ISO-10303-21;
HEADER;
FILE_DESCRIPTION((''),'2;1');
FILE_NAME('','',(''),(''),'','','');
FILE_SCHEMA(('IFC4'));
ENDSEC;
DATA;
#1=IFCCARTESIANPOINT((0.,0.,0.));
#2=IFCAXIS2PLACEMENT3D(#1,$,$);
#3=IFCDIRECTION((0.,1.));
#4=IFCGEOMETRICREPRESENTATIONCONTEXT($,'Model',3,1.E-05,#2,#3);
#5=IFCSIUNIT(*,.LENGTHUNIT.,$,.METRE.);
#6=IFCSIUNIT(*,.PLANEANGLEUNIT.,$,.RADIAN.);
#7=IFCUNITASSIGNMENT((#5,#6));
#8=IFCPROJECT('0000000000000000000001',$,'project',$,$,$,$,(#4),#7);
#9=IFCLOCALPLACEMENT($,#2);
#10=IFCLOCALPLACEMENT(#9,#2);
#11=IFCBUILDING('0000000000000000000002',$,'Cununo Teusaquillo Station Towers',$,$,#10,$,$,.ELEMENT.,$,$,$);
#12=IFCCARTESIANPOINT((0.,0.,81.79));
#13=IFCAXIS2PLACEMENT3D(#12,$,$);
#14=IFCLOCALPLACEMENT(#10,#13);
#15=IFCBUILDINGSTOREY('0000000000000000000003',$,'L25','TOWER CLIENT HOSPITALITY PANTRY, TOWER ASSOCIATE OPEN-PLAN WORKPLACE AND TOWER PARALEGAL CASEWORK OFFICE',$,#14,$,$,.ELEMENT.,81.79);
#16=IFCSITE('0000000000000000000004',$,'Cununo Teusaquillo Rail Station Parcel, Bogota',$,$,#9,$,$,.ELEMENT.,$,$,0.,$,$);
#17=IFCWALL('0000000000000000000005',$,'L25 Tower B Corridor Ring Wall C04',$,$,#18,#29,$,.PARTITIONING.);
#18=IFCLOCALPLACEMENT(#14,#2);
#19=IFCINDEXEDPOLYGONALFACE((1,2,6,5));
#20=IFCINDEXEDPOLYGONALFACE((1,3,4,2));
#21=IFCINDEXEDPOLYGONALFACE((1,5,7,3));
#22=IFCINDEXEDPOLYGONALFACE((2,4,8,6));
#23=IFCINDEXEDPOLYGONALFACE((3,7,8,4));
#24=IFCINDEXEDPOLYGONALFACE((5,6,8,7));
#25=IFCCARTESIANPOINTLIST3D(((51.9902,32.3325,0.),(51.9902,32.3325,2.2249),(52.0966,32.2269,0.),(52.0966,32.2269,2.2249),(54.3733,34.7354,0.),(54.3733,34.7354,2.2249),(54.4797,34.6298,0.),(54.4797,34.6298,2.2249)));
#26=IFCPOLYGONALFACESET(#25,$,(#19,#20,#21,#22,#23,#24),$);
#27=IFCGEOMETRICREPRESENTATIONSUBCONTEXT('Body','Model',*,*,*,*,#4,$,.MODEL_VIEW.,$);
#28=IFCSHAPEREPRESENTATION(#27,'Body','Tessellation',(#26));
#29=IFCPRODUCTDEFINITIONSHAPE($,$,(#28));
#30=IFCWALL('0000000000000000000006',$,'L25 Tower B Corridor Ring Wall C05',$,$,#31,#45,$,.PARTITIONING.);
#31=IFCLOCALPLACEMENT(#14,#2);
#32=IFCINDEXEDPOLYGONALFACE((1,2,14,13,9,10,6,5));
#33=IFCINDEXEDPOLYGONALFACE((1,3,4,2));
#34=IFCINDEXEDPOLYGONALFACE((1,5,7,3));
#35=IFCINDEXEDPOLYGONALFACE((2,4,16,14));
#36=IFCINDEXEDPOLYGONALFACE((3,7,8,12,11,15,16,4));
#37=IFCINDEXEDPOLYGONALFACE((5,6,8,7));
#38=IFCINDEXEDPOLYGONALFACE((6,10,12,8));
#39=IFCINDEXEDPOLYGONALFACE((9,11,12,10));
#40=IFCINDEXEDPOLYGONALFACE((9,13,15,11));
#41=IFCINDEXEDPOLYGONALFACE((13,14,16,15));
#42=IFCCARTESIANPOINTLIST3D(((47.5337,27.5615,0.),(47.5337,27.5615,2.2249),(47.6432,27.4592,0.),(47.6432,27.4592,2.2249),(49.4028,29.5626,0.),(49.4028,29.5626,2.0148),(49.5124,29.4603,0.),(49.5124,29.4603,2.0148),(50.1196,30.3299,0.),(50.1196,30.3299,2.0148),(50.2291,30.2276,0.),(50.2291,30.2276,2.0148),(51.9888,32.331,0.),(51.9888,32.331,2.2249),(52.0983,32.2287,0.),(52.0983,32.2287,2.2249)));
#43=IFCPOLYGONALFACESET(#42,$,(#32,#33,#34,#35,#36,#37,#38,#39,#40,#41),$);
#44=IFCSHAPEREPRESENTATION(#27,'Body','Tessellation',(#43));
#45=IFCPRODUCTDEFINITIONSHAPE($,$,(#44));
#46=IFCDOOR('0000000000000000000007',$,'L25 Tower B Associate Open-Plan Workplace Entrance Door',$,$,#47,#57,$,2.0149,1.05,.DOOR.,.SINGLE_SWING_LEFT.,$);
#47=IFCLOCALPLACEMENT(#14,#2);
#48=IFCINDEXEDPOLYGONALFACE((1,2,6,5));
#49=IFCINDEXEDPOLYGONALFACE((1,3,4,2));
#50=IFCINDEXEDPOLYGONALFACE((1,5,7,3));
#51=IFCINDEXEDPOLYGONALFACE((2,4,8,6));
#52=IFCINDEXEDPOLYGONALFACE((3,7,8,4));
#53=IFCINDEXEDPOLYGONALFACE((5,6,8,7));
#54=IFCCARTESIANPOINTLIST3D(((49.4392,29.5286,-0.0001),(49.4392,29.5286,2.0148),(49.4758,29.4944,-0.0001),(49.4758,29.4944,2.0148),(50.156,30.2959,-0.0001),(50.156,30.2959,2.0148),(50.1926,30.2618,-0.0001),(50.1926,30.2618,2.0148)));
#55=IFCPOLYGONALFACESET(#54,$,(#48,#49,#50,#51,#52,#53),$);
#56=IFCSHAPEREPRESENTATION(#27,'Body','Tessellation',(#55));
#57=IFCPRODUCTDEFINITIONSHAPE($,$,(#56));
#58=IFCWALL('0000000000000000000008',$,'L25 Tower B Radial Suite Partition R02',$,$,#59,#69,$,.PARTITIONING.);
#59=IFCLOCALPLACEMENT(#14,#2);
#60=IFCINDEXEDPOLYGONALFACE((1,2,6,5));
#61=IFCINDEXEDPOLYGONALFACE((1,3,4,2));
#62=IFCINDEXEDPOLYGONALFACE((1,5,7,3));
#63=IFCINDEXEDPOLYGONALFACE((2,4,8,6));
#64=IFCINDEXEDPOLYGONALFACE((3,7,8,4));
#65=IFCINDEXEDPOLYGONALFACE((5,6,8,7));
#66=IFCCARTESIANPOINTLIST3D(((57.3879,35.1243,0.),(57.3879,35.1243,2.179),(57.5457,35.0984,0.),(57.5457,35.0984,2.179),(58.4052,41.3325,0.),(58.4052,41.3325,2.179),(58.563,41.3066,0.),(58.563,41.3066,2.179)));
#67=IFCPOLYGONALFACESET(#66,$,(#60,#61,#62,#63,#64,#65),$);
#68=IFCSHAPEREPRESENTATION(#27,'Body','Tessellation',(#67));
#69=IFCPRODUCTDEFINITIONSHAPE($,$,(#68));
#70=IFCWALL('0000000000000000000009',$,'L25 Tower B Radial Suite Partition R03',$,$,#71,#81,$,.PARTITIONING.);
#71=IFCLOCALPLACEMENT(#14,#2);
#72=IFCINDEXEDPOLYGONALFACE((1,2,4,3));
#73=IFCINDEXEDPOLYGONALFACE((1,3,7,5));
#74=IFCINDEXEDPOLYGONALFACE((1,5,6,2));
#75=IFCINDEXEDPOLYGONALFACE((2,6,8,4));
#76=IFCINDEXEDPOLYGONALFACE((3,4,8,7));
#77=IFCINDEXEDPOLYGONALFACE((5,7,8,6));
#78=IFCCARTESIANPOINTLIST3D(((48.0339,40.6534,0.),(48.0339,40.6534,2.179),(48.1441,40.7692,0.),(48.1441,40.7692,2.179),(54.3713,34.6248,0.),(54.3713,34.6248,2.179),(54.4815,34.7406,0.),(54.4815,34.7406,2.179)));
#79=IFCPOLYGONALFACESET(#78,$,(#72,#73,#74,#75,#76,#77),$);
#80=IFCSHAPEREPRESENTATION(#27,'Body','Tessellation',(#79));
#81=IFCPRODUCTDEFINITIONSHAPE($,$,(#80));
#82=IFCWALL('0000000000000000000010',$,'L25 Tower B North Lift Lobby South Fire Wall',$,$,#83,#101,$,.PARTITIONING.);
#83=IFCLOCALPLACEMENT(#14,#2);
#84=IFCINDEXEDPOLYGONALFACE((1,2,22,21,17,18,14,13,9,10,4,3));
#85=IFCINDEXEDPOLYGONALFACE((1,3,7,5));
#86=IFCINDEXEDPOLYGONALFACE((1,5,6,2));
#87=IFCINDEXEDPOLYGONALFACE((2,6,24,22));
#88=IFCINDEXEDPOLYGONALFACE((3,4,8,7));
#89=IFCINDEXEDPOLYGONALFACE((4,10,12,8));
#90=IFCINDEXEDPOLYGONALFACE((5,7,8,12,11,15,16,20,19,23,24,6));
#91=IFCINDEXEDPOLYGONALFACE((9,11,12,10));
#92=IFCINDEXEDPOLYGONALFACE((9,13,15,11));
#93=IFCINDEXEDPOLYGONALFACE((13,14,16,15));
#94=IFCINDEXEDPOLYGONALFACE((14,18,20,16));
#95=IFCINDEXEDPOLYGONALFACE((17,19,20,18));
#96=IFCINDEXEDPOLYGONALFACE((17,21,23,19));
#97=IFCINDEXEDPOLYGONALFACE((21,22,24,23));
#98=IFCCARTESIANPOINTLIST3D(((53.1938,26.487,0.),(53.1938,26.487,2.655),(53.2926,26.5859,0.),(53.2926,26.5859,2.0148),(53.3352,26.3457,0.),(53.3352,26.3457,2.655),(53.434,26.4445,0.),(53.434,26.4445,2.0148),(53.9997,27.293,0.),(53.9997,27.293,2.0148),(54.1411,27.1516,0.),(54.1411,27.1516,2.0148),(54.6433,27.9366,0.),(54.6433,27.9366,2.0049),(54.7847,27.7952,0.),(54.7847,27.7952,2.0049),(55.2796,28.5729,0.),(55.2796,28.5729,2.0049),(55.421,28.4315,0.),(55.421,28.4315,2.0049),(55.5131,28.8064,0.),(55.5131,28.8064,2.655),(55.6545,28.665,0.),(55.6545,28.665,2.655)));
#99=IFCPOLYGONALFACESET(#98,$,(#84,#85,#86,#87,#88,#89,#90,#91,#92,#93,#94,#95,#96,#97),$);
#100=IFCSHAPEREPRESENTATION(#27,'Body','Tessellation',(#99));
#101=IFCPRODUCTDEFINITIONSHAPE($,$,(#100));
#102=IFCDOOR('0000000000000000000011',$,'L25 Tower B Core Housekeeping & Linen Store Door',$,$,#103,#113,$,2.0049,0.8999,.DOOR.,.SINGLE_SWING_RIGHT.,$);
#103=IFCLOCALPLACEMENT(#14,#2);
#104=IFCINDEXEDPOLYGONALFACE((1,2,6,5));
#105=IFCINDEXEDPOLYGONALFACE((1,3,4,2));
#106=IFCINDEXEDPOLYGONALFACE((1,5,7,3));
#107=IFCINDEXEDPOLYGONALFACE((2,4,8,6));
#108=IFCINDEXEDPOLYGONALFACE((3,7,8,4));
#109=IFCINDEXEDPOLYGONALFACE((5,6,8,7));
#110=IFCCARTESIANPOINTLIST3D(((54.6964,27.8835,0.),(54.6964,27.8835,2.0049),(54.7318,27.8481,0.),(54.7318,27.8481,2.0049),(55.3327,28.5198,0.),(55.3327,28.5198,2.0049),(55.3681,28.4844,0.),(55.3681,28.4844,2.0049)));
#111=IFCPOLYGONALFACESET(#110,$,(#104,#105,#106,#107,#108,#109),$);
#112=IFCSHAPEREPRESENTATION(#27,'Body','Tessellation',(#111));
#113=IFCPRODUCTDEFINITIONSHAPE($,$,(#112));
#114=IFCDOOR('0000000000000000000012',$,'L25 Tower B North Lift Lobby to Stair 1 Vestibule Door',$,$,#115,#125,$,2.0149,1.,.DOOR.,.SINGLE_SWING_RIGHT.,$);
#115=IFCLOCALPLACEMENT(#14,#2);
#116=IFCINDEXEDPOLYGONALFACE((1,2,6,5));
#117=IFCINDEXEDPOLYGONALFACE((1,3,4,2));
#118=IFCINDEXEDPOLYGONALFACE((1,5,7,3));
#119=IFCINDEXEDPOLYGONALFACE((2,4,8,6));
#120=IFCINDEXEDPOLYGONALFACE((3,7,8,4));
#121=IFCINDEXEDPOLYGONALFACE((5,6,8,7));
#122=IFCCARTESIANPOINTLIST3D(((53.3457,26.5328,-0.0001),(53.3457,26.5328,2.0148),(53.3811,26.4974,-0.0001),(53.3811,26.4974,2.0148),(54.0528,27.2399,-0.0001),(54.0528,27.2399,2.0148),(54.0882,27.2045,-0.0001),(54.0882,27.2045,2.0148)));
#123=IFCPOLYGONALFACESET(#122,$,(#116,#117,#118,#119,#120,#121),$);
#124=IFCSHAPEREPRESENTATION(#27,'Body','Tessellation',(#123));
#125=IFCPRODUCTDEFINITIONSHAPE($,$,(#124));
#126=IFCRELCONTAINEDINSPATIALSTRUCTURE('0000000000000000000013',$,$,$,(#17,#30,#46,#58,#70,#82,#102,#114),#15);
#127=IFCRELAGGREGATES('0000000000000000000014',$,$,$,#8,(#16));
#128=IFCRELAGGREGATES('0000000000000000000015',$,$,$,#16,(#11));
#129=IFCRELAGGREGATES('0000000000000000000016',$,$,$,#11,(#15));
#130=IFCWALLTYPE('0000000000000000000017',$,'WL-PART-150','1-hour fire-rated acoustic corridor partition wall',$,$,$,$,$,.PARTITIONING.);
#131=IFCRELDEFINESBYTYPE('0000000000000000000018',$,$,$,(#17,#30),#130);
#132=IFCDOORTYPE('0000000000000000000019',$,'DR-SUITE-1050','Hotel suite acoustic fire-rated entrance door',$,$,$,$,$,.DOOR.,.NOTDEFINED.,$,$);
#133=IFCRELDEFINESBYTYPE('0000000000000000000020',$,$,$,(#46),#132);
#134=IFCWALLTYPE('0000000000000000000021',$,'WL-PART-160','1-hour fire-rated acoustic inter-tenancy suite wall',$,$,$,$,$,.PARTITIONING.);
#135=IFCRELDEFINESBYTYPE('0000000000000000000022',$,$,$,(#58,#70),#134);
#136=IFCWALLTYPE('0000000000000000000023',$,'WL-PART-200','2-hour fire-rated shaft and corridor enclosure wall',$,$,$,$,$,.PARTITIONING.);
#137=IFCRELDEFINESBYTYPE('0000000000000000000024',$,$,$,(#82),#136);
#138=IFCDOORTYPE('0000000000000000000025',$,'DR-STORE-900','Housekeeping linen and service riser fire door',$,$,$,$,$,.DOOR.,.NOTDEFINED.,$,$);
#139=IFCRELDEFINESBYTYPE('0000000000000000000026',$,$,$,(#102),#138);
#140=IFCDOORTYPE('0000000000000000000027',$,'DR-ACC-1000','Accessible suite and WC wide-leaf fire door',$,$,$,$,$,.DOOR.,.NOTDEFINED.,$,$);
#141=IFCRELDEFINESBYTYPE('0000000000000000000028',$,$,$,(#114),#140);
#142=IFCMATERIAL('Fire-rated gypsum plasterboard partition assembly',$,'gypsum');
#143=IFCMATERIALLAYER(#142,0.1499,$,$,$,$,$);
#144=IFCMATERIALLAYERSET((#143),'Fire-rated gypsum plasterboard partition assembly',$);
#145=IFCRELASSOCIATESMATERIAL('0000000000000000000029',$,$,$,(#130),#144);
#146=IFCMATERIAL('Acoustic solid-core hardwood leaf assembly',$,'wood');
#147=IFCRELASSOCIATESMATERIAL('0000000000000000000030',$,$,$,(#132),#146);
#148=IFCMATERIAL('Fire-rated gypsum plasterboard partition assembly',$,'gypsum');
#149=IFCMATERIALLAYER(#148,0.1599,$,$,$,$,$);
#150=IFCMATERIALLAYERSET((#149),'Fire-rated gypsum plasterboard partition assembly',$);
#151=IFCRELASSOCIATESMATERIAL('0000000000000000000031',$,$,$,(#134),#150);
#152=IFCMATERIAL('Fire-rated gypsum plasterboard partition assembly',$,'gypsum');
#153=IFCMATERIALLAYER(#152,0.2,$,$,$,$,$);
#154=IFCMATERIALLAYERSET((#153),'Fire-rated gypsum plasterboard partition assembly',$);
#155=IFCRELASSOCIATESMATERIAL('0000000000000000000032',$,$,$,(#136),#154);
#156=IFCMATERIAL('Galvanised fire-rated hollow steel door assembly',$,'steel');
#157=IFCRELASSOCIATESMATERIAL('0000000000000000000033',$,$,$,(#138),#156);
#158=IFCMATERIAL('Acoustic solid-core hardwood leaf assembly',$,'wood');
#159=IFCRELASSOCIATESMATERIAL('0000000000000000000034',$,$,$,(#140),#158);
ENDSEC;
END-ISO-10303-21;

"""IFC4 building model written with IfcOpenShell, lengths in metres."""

from ifc_helpers import new_model, si_unit, direction, frame, frame_2d, origin, place, context, subcontext, project, spatial, rectangle, extrude, source, transform, mapped, material, layer, layer_set, type_object, element, fill, save


model = new_model("IFC4")

# Units and contexts
model_context = context("Model", 3, precision=1e-05, world=origin(), true_north=direction((0.0, 1.0)))
body_context = subcontext(model_context, "Body", "Model", "MODEL_VIEW")
ifc_project = project(units=[si_unit("LENGTHUNIT", "METRE"), si_unit("PLANEANGLEUNIT", "RADIAN")], contexts=[model_context])

# Site, building, storey
site_placement = place(None, origin())
site = spatial("IfcSite", under=ifc_project, at=site_placement, Name="Cununo Teusaquillo Rail Station Parcel, Bogota", CompositionType="ELEMENT", RefElevation=0.0)
building_placement = place(site_placement, origin())
building = spatial("IfcBuilding", under=site, at=building_placement, Name="Cununo Teusaquillo Station Towers", CompositionType="ELEMENT")
storey_placement = place(building_placement, frame((0.0, 0.0, 81.79)))
storey = spatial("IfcBuildingStorey", under=building, at=storey_placement, Name="L25", Description="TOWER CLIENT HOSPITALITY PANTRY, TOWER ASSOCIATE OPEN-PLAN WORKPLACE AND TOWER PARALEGAL CASEWORK OFFICE", CompositionType="ELEMENT", Elevation=81.79)

# Shared definitions
shared_shape_1 = source(origin(), body_context, "Body", "SweptSolid", [
    extrude(rectangle(XDim=0.8999, YDim=2.0049, at=frame_2d((0.45, 1.0024))), frame((0.0, 0.0249, 0.0), z_axis=(0.0, -1.0, 0.0), x_axis=(1.0, 0.0, 0.0)), (0.0, 0.0, 1.0), 0.05),
])
ifc_material_1 = material(Name="Fire-rated gypsum plasterboard partition assembly", Category="gypsum")
ifc_layer_1 = layer(ifc_material_1, 0.1499)
ifc_layer_set_1 = layer_set([ifc_layer_1], Name="Fire-rated gypsum plasterboard partition assembly")
wall_type_1 = type_object("IfcWallType", Name="WL-PART-150", Description="1-hour fire-rated acoustic corridor partition wall", PredefinedType="PARTITIONING", material=ifc_layer_set_1)
shared_shape_2 = source(origin(), body_context, "Body", "SweptSolid", [
    extrude(rectangle(XDim=1.05, YDim=2.0149, at=frame_2d((0.5249, 1.0073))), frame((0.0, 0.085, 0.0), z_axis=(0.0, -1.0, 0.0), x_axis=(1.0, 0.0, 0.0)), (0.0, 0.0, 1.0), 0.1699),
])
ifc_material_2 = material(Name="Acoustic solid-core hardwood leaf assembly", Category="wood")
door_type_1 = type_object("IfcDoorType", Name="DR-SUITE-1050", Description="Hotel suite acoustic fire-rated entrance door", OperationType="NOTDEFINED", PredefinedType="DOOR", material=ifc_material_2)
shared_shape_3 = source(origin(), body_context, "Body", "SweptSolid", [
    extrude(rectangle(XDim=1.05, YDim=2.0149, at=frame_2d((0.5249, 1.0073))), frame((0.0, 0.0249, 0.0), z_axis=(0.0, -1.0, 0.0), x_axis=(1.0, 0.0, 0.0)), (0.0, 0.0, 1.0), 0.05),
])

# Wall
wall_1_placement = place(storey_placement, frame((54.4265, 34.6826, 0.0), z_axis=(0.0, 0.0, 1.0), x_axis=(-0.704179, -0.710022, 0.0)))
element("IfcWall", 1, at=wall_1_placement, inside=storey, type_object=wall_type_1, Name="L25 Tower B Corridor Ring Wall C04", PredefinedType="PARTITIONING", context=body_context, shape_type="SweptSolid", body=[
    extrude(rectangle(XDim=3.3843, YDim=0.1499, at=frame_2d((1.6921, 0.0))), origin(), (0.0, 0.0, 1.0), 2.2249),
])

# Wall, opening, door
wall_2_placement = place(storey_placement, frame((52.0435, 32.2798, 0.0), z_axis=(0.0, 0.0, 1.0), x_axis=(-0.682606, -0.730787, 0.0)))
wall_2 = element("IfcWall", 2, at=wall_2_placement, inside=storey, type_object=wall_type_1, Name="L25 Tower B Corridor Ring Wall C05", PredefinedType="PARTITIONING", context=body_context, shape_type="SweptSolid", body=[
    extrude(rectangle(XDim=6.5266, YDim=0.1499, at=frame_2d((3.2632, 0.0))), origin(), (0.0, 0.0, 1.0), 2.2249),
])
opening_1_placement = place(wall_2_placement, frame((2.7383, 0.0, 0.0)))
opening_1 = element("IfcOpeningElement", 3, at=opening_1_placement, cuts=wall_2, PredefinedType="OPENING", context=body_context, shape_type="MappedRepresentation", body=[
    mapped(shared_shape_2, transform((0.0, 0.0, 0.0), x_axis=(1.0, 0.0, 0.0), y_axis=(0.0, 1.0, 0.0), z_axis=(0.0, 0.0, 1.0), scale=1.0)),
])
door_1_placement = place(opening_1_placement, origin())
door_1 = element("IfcDoor", 4, at=door_1_placement, inside=storey, type_object=door_type_1, Name="L25 Tower B Associate Open-Plan Workplace Entrance Door", OperationType="SINGLE_SWING_LEFT", OverallHeight=2.0149, OverallWidth=1.05, PredefinedType="DOOR", context=body_context, shape_type="MappedRepresentation", body=[
    mapped(shared_shape_3, transform((0.0, 0.0, 0.0), x_axis=(1.0, 0.0, 0.0), y_axis=(0.0, 1.0, 0.0), z_axis=(0.0, 0.0, 1.0), scale=1.0)),
])
fill(opening_1, door_1)

# Walls
ifc_material_3 = material(Name="Fire-rated gypsum plasterboard partition assembly", Category="gypsum")
ifc_layer_2 = layer(ifc_material_3, 0.1599)
ifc_layer_set_2 = layer_set([ifc_layer_2], Name="Fire-rated gypsum plasterboard partition assembly")
wall_type_2 = type_object("IfcWallType", Name="WL-PART-160", Description="1-hour fire-rated acoustic inter-tenancy suite wall", PredefinedType="PARTITIONING", material=ifc_layer_set_2)
wall_3_placement = place(storey_placement, frame((57.4668, 35.1113, 0.0), z_axis=(0.0, 0.0, 1.0), x_axis=(0.161711, 0.986838, 0.0)))
element("IfcWall", 5, at=wall_3_placement, inside=storey, type_object=wall_type_2, Name="L25 Tower B Radial Suite Partition R02", PredefinedType="PARTITIONING", context=body_context, shape_type="SweptSolid", body=[
    extrude(rectangle(XDim=6.291, YDim=0.1599, at=frame_2d((3.1455, 0.0))), origin(), (0.0, 0.0, 1.0), 2.179),
])
wall_4_placement = place(storey_placement, frame((54.4265, 34.6826, 0.0), z_axis=(0.0, 0.0, 1.0), x_axis=(-0.724541, 0.689232, 0.0)))
element("IfcWall", 6, at=wall_4_placement, inside=storey, type_object=wall_type_2, Name="L25 Tower B Radial Suite Partition R03", PredefinedType="PARTITIONING", context=body_context, shape_type="SweptSolid", body=[
    extrude(rectangle(XDim=8.7468, YDim=0.1599, at=frame_2d((4.3735, 0.0))), origin(), (0.0, 0.0, 1.0), 2.179),
])

# Wall, openings, doors
ifc_material_4 = material(Name="Fire-rated gypsum plasterboard partition assembly", Category="gypsum")
ifc_layer_3 = layer(ifc_material_4, 0.2)
ifc_layer_set_3 = layer_set([ifc_layer_3], Name="Fire-rated gypsum plasterboard partition assembly")
wall_type_3 = type_object("IfcWallType", Name="WL-PART-200", Description="2-hour fire-rated shaft and corridor enclosure wall", PredefinedType="PARTITIONING", material=ifc_layer_set_3)
wall_5_placement = place(storey_placement, frame((53.2644, 26.4163, 0.0), z_axis=(0.0, 0.0, 1.0), x_axis=(0.707107, 0.707107, 0.0)))
wall_5 = element("IfcWall", 7, at=wall_5_placement, inside=storey, type_object=wall_type_3, Name="L25 Tower B North Lift Lobby South Fire Wall", PredefinedType="PARTITIONING", context=body_context, shape_type="SweptSolid", body=[
    extrude(rectangle(XDim=3.28, YDim=0.2, at=frame_2d((1.6401, 0.0))), origin(), (0.0, 0.0, 1.0), 2.655),
])
shared_shape_4 = source(origin(), body_context, "Body", "SweptSolid", [
    extrude(rectangle(XDim=1.0, YDim=2.0149, at=frame_2d((0.5, 1.0073))), frame((0.0, 0.1099, 0.0), z_axis=(0.0, -1.0, 0.0), x_axis=(1.0, 0.0, 0.0)), (0.0, 0.0, 1.0), 0.22),
])
opening_2_placement = place(wall_5_placement, frame((0.1399, 0.0, 0.0)))
opening_2 = element("IfcOpeningElement", 8, at=opening_2_placement, cuts=wall_5, PredefinedType="OPENING", context=body_context, shape_type="MappedRepresentation", body=[
    mapped(shared_shape_4, transform((0.0, 0.0, 0.0), x_axis=(1.0, 0.0, 0.0), y_axis=(0.0, 1.0, 0.0), z_axis=(0.0, 0.0, 1.0), scale=1.0)),
])
shared_shape_5 = source(origin(), body_context, "Body", "SweptSolid", [
    extrude(rectangle(XDim=0.8999, YDim=2.0049, at=frame_2d((0.45, 1.0024))), frame((0.0, 0.1099, 0.0), z_axis=(0.0, -1.0, 0.0), x_axis=(1.0, 0.0, 0.0)), (0.0, 0.0, 1.0), 0.22),
])
opening_3_placement = place(wall_5_placement, frame((2.05, 0.0, 0.0)))
opening_3 = element("IfcOpeningElement", 9, at=opening_3_placement, cuts=wall_5, PredefinedType="OPENING", context=body_context, shape_type="MappedRepresentation", body=[
    mapped(shared_shape_5, transform((0.0, 0.0, 0.0), x_axis=(1.0, 0.0, 0.0), y_axis=(0.0, 1.0, 0.0), z_axis=(0.0, 0.0, 1.0), scale=1.0)),
])
ifc_material_5 = material(Name="Galvanised fire-rated hollow steel door assembly", Category="steel")
door_type_2 = type_object("IfcDoorType", Name="DR-STORE-900", Description="Housekeeping linen and service riser fire door", OperationType="NOTDEFINED", PredefinedType="DOOR", material=ifc_material_5)
door_2_placement = place(opening_3_placement, origin())
door_2 = element("IfcDoor", 10, at=door_2_placement, inside=storey, type_object=door_type_2, Name="L25 Tower B Core Housekeeping & Linen Store Door", OperationType="SINGLE_SWING_RIGHT", OverallHeight=2.0049, OverallWidth=0.8999, PredefinedType="DOOR", context=body_context, shape_type="MappedRepresentation", body=[
    mapped(shared_shape_1, transform((0.0, 0.0, 0.0), x_axis=(1.0, 0.0, 0.0), y_axis=(0.0, 1.0, 0.0), z_axis=(0.0, 0.0, 1.0), scale=1.0)),
])
fill(opening_3, door_2)
ifc_material_6 = material(Name="Acoustic solid-core hardwood leaf assembly", Category="wood")
door_type_3 = type_object("IfcDoorType", Name="DR-ACC-1000", Description="Accessible suite and WC wide-leaf fire door", OperationType="NOTDEFINED", PredefinedType="DOOR", material=ifc_material_6)
shared_shape_6 = source(origin(), body_context, "Body", "SweptSolid", [
    extrude(rectangle(XDim=1.0, YDim=2.0149, at=frame_2d((0.5, 1.0073))), frame((0.0, 0.0249, 0.0), z_axis=(0.0, -1.0, 0.0), x_axis=(1.0, 0.0, 0.0)), (0.0, 0.0, 1.0), 0.05),
])
door_3_placement = place(opening_2_placement, origin())
door_3 = element("IfcDoor", 11, at=door_3_placement, inside=storey, type_object=door_type_3, Name="L25 Tower B North Lift Lobby to Stair 1 Vestibule Door", OperationType="SINGLE_SWING_RIGHT", OverallHeight=2.0149, OverallWidth=1.0, PredefinedType="DOOR", context=body_context, shape_type="MappedRepresentation", body=[
    mapped(shared_shape_6, transform((0.0, 0.0, 0.0), x_axis=(1.0, 0.0, 0.0), y_axis=(0.0, 1.0, 0.0), z_axis=(0.0, 0.0, 1.0), scale=1.0)),
])
fill(opening_2, door_3)

save(model, "model.ifc")
